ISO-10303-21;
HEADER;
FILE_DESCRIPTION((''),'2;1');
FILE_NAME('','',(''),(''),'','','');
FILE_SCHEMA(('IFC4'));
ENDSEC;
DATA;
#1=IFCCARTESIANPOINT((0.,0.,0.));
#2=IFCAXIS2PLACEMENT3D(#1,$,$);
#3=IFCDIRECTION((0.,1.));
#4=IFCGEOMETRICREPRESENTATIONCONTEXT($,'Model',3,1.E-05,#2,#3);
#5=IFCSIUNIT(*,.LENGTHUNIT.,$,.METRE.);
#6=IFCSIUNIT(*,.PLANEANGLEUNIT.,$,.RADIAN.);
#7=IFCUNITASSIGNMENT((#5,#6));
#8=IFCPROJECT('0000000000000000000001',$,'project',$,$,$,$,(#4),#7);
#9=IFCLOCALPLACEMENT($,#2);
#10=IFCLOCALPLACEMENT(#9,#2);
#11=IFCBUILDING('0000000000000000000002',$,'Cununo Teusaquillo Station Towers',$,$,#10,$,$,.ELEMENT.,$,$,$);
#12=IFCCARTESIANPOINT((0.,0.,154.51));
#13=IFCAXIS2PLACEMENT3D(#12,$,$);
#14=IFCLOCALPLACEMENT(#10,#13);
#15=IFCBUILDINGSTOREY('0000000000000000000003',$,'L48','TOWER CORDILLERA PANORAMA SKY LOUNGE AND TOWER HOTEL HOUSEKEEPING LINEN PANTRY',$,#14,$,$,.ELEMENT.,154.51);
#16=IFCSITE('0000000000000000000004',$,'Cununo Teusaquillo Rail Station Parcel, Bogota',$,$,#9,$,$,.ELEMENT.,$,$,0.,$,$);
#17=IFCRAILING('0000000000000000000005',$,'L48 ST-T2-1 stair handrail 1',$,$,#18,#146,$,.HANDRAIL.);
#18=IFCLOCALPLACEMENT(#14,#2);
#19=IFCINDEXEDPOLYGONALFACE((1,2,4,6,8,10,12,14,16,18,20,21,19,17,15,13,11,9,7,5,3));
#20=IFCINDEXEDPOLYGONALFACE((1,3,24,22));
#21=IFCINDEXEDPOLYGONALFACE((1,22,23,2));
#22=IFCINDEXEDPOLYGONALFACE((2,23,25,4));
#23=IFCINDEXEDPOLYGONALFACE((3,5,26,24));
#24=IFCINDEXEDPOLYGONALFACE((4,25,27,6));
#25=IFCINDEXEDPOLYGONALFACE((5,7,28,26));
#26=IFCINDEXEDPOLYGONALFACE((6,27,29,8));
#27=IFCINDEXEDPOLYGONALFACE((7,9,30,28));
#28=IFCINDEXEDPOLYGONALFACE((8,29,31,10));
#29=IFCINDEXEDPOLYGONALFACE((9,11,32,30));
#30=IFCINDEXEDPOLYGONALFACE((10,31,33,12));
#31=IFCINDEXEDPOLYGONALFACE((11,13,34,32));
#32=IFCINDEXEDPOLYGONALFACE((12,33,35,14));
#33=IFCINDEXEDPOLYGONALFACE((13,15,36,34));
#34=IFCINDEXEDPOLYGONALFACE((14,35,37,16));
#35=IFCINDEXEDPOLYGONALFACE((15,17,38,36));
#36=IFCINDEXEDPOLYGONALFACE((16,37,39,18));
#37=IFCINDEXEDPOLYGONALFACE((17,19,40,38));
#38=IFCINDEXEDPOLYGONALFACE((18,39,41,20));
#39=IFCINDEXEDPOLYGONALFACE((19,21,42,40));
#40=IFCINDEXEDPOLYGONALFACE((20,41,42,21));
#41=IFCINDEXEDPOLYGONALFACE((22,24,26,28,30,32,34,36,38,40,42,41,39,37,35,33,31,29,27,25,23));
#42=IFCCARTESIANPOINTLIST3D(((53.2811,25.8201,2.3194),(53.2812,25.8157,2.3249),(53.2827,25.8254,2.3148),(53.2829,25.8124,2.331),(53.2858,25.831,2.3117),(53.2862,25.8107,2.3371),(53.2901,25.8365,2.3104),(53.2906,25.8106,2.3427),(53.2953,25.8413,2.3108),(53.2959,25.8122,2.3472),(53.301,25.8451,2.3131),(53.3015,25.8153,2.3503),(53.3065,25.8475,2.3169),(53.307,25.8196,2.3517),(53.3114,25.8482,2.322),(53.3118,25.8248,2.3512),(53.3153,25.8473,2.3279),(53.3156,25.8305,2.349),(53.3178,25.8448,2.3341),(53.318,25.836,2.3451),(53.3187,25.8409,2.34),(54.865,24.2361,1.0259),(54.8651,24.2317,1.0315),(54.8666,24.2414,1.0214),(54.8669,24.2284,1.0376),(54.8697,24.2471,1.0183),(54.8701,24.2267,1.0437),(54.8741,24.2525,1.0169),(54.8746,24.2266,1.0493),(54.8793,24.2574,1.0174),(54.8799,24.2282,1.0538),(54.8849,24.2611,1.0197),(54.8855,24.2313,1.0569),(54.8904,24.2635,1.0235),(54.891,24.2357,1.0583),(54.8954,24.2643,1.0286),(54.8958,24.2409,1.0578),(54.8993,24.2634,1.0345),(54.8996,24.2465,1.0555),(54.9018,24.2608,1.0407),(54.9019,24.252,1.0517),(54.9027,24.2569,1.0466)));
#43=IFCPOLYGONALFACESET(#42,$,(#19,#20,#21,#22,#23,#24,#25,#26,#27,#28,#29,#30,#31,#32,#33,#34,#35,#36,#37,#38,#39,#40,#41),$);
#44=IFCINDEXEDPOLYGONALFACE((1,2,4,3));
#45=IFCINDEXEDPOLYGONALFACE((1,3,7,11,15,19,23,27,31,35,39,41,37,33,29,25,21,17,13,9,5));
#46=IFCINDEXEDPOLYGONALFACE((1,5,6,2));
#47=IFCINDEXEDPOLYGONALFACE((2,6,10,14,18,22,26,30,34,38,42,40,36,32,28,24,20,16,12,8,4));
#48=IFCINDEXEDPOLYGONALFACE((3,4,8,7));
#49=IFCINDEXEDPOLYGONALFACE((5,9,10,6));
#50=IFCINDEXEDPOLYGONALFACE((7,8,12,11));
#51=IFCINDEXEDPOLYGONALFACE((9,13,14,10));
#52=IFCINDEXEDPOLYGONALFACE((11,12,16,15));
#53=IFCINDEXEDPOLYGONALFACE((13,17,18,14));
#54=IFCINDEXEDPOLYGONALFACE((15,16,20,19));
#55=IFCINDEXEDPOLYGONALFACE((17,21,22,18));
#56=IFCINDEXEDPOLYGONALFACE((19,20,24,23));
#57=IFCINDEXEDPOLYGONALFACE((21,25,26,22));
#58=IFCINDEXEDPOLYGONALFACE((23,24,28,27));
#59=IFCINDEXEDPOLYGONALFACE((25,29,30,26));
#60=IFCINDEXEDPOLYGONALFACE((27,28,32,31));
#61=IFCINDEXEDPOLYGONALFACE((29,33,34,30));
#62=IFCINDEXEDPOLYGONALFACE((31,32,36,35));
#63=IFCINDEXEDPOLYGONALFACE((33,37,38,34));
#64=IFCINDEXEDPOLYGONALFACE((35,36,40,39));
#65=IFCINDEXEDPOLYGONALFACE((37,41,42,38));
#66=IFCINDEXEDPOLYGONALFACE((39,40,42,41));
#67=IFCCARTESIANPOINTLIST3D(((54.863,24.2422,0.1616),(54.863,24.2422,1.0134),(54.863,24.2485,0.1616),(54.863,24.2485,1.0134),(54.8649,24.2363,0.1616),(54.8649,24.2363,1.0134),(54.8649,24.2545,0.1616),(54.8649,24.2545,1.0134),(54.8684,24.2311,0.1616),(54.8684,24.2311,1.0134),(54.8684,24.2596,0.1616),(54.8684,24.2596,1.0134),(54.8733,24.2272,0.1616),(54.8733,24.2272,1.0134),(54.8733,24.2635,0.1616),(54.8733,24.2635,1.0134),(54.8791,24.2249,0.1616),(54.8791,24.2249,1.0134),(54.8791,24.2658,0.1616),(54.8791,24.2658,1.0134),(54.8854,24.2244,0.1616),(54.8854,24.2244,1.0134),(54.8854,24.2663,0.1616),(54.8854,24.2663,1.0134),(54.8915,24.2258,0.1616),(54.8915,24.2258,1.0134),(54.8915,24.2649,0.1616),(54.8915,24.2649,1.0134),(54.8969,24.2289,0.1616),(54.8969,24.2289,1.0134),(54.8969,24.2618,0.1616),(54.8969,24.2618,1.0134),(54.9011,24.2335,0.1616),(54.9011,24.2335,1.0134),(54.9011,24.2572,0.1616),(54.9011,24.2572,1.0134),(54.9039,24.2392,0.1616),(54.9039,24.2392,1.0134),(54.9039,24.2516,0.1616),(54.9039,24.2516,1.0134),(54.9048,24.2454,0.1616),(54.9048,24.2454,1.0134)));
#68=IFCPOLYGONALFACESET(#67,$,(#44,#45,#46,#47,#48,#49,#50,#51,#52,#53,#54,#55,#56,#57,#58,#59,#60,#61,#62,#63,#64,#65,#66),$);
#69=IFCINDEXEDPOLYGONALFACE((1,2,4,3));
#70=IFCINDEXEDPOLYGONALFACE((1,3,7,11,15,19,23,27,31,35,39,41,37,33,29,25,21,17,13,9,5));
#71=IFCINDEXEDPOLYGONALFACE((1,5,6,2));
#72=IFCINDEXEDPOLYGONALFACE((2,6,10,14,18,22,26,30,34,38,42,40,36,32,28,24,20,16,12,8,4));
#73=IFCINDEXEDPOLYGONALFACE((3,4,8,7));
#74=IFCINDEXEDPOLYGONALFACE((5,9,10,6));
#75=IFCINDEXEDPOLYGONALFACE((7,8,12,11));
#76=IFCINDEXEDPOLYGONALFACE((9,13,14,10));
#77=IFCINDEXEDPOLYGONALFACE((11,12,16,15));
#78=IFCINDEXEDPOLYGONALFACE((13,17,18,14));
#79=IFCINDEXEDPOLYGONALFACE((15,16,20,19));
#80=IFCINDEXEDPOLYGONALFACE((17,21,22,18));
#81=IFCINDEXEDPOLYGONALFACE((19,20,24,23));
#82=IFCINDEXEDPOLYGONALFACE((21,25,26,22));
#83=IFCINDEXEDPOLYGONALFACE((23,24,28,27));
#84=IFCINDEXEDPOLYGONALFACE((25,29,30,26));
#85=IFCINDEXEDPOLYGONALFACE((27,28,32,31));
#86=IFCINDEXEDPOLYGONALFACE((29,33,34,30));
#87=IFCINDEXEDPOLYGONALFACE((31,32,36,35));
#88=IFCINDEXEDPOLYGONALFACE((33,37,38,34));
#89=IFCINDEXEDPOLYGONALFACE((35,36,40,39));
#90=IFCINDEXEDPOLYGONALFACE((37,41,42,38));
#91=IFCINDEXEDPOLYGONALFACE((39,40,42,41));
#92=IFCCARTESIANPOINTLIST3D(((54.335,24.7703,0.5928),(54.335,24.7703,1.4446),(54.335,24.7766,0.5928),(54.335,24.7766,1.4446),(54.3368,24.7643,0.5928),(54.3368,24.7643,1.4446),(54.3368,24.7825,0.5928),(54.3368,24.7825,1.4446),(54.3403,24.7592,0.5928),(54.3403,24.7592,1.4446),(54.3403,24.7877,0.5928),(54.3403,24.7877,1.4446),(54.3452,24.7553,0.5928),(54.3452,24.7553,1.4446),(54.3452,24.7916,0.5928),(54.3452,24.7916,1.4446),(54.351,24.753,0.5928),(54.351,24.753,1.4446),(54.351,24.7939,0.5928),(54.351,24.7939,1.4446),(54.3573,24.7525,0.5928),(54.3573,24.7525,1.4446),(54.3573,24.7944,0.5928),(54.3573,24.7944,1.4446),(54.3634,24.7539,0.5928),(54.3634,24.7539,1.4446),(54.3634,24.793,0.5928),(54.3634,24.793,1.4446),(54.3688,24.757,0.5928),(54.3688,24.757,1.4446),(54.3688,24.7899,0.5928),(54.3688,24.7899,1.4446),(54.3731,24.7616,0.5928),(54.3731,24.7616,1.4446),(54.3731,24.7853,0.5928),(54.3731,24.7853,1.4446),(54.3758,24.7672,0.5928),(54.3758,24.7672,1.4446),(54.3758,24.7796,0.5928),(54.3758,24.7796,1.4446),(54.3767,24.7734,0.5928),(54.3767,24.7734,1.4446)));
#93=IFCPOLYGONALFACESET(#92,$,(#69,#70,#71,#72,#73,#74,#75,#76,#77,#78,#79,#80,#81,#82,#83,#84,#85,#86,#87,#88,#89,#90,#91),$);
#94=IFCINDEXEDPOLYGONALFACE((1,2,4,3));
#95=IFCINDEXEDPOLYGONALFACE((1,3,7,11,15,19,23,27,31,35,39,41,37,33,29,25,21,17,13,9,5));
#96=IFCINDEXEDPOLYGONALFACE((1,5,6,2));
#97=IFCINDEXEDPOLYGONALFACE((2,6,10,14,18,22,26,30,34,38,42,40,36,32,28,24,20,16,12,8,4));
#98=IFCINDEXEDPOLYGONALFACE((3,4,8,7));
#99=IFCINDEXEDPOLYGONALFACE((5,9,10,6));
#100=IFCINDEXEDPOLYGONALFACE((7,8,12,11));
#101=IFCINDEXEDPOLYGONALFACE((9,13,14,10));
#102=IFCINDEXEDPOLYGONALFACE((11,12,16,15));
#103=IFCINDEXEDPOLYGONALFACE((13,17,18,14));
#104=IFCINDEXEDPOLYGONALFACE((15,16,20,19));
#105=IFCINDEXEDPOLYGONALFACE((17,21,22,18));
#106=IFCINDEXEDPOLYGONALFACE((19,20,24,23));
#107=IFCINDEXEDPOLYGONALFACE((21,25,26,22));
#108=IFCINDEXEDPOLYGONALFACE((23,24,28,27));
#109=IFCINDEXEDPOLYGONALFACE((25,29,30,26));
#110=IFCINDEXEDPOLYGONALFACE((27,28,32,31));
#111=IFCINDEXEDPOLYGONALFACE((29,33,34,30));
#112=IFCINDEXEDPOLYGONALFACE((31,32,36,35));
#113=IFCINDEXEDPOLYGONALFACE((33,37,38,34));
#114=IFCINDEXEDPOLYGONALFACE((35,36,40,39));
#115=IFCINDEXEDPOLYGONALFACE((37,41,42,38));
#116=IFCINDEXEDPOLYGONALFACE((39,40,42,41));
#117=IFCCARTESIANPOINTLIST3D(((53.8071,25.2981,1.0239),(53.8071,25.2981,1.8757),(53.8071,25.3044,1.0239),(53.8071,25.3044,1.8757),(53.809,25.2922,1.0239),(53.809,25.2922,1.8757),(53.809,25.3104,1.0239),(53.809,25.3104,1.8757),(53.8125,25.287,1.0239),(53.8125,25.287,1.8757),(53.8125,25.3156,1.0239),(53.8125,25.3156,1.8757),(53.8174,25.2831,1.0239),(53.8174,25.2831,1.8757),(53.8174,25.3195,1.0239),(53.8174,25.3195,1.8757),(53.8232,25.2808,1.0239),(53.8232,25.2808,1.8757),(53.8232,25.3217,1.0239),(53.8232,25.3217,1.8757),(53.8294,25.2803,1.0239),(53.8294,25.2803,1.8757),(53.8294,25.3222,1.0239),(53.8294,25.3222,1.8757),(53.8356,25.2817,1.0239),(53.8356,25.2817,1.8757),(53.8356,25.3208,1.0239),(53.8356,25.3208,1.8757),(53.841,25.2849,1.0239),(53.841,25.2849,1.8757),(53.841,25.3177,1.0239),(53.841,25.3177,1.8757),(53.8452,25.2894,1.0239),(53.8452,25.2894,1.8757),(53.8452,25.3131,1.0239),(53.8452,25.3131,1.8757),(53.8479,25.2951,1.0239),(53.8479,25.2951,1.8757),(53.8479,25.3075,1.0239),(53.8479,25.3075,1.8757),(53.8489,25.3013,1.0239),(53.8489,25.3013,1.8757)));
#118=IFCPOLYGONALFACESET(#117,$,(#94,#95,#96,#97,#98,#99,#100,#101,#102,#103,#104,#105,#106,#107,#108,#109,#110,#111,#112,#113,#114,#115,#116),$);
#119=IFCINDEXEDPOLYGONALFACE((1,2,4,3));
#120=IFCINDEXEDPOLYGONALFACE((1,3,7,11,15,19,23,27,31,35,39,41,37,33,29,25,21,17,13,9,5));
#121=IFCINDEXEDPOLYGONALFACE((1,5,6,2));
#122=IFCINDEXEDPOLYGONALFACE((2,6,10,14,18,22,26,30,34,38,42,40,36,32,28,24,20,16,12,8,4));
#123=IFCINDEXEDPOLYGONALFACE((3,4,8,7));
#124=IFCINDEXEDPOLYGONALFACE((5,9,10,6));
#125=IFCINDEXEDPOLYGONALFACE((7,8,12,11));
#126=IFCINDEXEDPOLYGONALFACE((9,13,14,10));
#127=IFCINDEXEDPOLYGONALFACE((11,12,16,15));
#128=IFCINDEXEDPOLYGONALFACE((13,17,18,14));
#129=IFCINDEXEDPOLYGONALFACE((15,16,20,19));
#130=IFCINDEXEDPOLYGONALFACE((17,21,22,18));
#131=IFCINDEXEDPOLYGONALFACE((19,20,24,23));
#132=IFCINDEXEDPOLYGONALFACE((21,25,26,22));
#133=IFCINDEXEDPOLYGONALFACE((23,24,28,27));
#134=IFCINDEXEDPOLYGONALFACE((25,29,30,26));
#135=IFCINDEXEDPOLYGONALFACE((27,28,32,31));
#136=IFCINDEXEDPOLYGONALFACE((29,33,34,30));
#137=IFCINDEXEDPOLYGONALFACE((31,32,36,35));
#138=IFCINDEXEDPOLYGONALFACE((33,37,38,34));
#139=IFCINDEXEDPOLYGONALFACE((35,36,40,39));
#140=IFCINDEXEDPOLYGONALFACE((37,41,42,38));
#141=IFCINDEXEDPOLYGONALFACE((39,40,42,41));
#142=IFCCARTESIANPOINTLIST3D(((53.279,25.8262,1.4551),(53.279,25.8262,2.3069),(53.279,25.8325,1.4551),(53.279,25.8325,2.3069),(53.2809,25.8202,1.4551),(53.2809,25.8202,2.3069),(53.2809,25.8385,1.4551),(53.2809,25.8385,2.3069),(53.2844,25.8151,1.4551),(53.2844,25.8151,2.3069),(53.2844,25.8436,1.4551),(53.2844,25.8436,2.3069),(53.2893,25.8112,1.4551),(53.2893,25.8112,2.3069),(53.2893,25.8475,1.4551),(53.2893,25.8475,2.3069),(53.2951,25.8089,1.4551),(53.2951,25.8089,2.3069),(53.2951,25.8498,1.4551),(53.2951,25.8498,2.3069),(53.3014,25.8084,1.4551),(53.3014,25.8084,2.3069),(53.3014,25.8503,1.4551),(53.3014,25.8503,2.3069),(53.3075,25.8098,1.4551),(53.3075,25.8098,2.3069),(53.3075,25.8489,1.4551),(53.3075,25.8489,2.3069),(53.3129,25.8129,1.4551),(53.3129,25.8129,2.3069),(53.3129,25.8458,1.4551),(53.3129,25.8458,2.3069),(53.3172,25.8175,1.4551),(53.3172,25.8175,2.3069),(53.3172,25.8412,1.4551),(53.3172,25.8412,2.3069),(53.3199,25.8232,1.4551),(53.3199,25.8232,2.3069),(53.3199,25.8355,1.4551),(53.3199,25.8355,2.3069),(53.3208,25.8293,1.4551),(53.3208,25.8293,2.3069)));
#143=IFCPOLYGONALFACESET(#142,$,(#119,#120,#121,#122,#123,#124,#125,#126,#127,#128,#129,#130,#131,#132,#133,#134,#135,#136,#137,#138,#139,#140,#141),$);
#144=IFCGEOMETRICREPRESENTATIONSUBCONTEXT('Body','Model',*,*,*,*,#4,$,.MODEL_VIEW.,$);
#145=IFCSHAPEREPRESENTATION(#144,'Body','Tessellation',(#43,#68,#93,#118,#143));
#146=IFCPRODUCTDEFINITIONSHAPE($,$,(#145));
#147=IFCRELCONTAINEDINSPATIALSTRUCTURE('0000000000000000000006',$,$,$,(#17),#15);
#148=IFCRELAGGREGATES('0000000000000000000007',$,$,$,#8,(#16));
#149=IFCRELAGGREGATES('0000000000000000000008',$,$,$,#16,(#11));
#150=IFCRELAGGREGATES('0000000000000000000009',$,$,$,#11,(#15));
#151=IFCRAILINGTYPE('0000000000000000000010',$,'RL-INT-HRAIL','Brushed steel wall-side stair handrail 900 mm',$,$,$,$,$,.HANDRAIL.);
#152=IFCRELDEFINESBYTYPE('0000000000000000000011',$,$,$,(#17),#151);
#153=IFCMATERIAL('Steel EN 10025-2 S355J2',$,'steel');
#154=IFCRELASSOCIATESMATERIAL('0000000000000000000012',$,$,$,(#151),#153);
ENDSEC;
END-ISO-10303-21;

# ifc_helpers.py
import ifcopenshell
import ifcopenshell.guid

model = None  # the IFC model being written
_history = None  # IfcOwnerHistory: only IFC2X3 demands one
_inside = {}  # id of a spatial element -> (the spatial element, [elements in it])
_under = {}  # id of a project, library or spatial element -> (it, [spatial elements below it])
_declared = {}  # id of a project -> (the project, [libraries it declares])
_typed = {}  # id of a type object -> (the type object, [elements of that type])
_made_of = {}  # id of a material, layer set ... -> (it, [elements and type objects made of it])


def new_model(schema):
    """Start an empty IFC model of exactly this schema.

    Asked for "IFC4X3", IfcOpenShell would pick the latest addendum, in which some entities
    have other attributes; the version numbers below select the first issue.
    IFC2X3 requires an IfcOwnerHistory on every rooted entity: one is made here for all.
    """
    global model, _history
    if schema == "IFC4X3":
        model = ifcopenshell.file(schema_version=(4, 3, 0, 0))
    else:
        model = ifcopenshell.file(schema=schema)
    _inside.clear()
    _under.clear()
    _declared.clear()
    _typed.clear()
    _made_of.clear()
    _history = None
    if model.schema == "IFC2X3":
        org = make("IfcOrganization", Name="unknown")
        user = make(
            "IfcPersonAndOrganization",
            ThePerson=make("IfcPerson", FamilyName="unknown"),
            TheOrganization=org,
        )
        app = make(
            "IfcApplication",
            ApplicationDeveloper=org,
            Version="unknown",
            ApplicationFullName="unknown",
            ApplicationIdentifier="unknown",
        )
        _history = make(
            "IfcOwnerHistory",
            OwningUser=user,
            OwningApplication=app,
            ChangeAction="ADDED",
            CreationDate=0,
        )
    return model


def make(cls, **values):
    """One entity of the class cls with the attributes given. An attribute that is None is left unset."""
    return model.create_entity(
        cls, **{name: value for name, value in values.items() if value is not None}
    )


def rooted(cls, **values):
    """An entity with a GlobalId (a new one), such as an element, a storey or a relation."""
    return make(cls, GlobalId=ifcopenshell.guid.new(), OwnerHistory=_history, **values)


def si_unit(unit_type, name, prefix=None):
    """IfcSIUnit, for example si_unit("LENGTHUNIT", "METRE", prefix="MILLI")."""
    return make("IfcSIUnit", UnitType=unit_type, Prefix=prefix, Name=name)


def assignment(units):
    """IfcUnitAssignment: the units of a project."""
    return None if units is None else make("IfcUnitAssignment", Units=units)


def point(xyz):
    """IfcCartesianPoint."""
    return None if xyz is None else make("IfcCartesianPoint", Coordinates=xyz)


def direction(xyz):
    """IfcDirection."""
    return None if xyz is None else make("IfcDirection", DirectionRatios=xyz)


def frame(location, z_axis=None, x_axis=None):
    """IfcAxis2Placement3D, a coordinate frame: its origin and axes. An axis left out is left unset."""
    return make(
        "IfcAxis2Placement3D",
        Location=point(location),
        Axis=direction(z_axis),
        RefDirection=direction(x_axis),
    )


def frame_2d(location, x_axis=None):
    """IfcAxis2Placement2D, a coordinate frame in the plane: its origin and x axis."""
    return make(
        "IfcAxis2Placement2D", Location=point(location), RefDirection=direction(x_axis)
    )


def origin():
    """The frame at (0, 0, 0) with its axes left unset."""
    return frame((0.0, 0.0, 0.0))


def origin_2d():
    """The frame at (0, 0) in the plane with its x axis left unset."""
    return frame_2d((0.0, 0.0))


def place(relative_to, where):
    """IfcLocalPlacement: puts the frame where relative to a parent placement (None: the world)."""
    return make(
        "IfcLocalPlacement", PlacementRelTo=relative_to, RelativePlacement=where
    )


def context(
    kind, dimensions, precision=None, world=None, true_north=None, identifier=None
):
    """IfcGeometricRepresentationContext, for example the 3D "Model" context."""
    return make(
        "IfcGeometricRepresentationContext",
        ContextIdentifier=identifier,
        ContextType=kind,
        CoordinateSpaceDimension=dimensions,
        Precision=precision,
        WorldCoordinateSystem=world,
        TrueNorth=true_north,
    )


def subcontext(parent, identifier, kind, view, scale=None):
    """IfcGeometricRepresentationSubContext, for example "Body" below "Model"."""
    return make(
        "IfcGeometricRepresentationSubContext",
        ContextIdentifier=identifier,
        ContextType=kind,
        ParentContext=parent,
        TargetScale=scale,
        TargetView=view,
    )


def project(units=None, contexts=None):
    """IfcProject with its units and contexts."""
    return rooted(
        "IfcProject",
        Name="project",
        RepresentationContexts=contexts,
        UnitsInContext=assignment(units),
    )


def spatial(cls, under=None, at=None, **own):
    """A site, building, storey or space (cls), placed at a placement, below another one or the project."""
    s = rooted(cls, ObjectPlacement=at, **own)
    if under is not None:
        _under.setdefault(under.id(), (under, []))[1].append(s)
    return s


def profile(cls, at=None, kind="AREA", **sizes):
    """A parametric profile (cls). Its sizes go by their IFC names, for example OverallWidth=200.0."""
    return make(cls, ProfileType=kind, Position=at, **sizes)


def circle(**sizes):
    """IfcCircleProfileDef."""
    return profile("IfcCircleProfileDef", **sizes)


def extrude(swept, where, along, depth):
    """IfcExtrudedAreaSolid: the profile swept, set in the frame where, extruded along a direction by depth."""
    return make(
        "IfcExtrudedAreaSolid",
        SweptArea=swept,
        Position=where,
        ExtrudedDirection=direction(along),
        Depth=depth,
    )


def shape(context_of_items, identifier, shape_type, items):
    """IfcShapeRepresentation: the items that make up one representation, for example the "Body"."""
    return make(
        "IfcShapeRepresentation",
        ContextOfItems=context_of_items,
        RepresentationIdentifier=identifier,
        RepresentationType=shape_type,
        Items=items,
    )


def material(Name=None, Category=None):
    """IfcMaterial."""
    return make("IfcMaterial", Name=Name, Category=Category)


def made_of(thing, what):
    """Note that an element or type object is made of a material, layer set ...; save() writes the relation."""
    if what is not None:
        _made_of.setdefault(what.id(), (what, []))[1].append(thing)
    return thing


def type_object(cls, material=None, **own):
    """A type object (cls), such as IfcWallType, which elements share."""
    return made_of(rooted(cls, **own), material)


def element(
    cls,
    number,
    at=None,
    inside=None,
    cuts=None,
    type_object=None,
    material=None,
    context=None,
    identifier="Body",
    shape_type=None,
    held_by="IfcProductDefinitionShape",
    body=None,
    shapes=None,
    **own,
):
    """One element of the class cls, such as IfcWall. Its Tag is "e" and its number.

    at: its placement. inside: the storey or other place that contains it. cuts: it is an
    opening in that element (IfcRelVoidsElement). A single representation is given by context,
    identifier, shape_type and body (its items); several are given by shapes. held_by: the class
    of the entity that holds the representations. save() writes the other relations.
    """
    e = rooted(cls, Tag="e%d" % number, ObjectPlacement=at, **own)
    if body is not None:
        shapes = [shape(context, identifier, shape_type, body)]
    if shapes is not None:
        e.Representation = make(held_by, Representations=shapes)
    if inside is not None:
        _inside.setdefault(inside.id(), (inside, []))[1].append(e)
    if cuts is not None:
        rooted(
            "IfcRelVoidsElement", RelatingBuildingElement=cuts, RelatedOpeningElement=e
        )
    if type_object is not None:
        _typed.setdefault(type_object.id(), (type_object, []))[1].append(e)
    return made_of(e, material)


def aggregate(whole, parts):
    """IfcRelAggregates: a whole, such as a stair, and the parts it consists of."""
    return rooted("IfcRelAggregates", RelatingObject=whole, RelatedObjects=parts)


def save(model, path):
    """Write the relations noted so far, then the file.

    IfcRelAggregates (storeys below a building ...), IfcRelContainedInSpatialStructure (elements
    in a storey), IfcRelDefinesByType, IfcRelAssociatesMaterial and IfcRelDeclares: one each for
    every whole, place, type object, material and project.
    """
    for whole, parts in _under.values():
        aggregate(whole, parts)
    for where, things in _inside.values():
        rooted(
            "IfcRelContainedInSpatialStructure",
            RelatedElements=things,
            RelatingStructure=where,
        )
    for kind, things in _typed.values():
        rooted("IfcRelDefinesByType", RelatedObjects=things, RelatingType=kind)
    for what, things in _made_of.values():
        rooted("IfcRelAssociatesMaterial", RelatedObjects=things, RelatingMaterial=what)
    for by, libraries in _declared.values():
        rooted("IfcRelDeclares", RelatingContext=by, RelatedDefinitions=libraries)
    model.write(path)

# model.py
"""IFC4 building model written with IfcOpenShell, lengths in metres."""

from ifc_helpers import new_model, si_unit, direction, frame, origin, origin_2d, place, context, subcontext, project, spatial, circle, extrude, material, type_object, element, save


model = new_model("IFC4")

# Units and contexts
model_context = context("Model", 3, precision=1e-05, world=origin(), true_north=direction((0.0, 1.0)))
body_context = subcontext(model_context, "Body", "Model", "MODEL_VIEW")
ifc_project = project(units=[si_unit("LENGTHUNIT", "METRE"), si_unit("PLANEANGLEUNIT", "RADIAN")], contexts=[model_context])

# Site, building, storey
site_placement = place(None, origin())
site = spatial("IfcSite", under=ifc_project, at=site_placement, Name="Cununo Teusaquillo Rail Station Parcel, Bogota", CompositionType="ELEMENT", RefElevation=0.0)
building_placement = place(site_placement, origin())
building = spatial("IfcBuilding", under=site, at=building_placement, Name="Cununo Teusaquillo Station Towers", CompositionType="ELEMENT")
storey_placement = place(building_placement, frame((0.0, 0.0, 154.51)))
storey = spatial("IfcBuildingStorey", under=building, at=storey_placement, Name="L48", Description="TOWER CORDILLERA PANORAMA SKY LOUNGE AND TOWER HOTEL HOUSEKEEPING LINEN PANTRY", CompositionType="ELEMENT", Elevation=154.51)

# Railing
ifc_material_1 = material(Name="Steel EN 10025-2 S355J2", Category="steel")
railing_type_1 = type_object("IfcRailingType", Name="RL-INT-HRAIL", Description="Brushed steel wall-side stair handrail 900 mm", PredefinedType="HANDRAIL", material=ifc_material_1)
railing_1_placement = place(storey_placement, frame((54.8838, 24.2454, 0.1616)))
element("IfcRailing", 1, at=railing_1_placement, inside=storey, type_object=railing_type_1, Name="L48 ST-T2-1 stair handrail 1", PredefinedType="HANDRAIL", context=body_context, shape_type="SweptSolid", body=[
    extrude(circle(Radius=0.0239, at=origin_2d()), frame((0.0, 0.0, 0.876), z_axis=(-0.612356, 0.612356, 0.50004), x_axis=(-0.707107, -0.707107, 0.0)), (0.0, 0.0, 1.0), 2.5867),
    extrude(circle(Radius=0.021, at=origin_2d()), origin(), (0.0, 0.0, 1.0), 0.8518),
    extrude(circle(Radius=0.021, at=origin_2d()), frame((-0.5281, 0.5281, 0.4312)), (0.0, 0.0, 1.0), 0.8518),
    extrude(circle(Radius=0.021, at=origin_2d()), frame((-1.0559, 1.0559, 0.8623)), (0.0, 0.0, 1.0), 0.8518),
    extrude(circle(Radius=0.021, at=origin_2d()), frame((-1.584, 1.584, 1.2935)), (0.0, 0.0, 1.0), 0.8518),
])

save(model, "model.ifc")
